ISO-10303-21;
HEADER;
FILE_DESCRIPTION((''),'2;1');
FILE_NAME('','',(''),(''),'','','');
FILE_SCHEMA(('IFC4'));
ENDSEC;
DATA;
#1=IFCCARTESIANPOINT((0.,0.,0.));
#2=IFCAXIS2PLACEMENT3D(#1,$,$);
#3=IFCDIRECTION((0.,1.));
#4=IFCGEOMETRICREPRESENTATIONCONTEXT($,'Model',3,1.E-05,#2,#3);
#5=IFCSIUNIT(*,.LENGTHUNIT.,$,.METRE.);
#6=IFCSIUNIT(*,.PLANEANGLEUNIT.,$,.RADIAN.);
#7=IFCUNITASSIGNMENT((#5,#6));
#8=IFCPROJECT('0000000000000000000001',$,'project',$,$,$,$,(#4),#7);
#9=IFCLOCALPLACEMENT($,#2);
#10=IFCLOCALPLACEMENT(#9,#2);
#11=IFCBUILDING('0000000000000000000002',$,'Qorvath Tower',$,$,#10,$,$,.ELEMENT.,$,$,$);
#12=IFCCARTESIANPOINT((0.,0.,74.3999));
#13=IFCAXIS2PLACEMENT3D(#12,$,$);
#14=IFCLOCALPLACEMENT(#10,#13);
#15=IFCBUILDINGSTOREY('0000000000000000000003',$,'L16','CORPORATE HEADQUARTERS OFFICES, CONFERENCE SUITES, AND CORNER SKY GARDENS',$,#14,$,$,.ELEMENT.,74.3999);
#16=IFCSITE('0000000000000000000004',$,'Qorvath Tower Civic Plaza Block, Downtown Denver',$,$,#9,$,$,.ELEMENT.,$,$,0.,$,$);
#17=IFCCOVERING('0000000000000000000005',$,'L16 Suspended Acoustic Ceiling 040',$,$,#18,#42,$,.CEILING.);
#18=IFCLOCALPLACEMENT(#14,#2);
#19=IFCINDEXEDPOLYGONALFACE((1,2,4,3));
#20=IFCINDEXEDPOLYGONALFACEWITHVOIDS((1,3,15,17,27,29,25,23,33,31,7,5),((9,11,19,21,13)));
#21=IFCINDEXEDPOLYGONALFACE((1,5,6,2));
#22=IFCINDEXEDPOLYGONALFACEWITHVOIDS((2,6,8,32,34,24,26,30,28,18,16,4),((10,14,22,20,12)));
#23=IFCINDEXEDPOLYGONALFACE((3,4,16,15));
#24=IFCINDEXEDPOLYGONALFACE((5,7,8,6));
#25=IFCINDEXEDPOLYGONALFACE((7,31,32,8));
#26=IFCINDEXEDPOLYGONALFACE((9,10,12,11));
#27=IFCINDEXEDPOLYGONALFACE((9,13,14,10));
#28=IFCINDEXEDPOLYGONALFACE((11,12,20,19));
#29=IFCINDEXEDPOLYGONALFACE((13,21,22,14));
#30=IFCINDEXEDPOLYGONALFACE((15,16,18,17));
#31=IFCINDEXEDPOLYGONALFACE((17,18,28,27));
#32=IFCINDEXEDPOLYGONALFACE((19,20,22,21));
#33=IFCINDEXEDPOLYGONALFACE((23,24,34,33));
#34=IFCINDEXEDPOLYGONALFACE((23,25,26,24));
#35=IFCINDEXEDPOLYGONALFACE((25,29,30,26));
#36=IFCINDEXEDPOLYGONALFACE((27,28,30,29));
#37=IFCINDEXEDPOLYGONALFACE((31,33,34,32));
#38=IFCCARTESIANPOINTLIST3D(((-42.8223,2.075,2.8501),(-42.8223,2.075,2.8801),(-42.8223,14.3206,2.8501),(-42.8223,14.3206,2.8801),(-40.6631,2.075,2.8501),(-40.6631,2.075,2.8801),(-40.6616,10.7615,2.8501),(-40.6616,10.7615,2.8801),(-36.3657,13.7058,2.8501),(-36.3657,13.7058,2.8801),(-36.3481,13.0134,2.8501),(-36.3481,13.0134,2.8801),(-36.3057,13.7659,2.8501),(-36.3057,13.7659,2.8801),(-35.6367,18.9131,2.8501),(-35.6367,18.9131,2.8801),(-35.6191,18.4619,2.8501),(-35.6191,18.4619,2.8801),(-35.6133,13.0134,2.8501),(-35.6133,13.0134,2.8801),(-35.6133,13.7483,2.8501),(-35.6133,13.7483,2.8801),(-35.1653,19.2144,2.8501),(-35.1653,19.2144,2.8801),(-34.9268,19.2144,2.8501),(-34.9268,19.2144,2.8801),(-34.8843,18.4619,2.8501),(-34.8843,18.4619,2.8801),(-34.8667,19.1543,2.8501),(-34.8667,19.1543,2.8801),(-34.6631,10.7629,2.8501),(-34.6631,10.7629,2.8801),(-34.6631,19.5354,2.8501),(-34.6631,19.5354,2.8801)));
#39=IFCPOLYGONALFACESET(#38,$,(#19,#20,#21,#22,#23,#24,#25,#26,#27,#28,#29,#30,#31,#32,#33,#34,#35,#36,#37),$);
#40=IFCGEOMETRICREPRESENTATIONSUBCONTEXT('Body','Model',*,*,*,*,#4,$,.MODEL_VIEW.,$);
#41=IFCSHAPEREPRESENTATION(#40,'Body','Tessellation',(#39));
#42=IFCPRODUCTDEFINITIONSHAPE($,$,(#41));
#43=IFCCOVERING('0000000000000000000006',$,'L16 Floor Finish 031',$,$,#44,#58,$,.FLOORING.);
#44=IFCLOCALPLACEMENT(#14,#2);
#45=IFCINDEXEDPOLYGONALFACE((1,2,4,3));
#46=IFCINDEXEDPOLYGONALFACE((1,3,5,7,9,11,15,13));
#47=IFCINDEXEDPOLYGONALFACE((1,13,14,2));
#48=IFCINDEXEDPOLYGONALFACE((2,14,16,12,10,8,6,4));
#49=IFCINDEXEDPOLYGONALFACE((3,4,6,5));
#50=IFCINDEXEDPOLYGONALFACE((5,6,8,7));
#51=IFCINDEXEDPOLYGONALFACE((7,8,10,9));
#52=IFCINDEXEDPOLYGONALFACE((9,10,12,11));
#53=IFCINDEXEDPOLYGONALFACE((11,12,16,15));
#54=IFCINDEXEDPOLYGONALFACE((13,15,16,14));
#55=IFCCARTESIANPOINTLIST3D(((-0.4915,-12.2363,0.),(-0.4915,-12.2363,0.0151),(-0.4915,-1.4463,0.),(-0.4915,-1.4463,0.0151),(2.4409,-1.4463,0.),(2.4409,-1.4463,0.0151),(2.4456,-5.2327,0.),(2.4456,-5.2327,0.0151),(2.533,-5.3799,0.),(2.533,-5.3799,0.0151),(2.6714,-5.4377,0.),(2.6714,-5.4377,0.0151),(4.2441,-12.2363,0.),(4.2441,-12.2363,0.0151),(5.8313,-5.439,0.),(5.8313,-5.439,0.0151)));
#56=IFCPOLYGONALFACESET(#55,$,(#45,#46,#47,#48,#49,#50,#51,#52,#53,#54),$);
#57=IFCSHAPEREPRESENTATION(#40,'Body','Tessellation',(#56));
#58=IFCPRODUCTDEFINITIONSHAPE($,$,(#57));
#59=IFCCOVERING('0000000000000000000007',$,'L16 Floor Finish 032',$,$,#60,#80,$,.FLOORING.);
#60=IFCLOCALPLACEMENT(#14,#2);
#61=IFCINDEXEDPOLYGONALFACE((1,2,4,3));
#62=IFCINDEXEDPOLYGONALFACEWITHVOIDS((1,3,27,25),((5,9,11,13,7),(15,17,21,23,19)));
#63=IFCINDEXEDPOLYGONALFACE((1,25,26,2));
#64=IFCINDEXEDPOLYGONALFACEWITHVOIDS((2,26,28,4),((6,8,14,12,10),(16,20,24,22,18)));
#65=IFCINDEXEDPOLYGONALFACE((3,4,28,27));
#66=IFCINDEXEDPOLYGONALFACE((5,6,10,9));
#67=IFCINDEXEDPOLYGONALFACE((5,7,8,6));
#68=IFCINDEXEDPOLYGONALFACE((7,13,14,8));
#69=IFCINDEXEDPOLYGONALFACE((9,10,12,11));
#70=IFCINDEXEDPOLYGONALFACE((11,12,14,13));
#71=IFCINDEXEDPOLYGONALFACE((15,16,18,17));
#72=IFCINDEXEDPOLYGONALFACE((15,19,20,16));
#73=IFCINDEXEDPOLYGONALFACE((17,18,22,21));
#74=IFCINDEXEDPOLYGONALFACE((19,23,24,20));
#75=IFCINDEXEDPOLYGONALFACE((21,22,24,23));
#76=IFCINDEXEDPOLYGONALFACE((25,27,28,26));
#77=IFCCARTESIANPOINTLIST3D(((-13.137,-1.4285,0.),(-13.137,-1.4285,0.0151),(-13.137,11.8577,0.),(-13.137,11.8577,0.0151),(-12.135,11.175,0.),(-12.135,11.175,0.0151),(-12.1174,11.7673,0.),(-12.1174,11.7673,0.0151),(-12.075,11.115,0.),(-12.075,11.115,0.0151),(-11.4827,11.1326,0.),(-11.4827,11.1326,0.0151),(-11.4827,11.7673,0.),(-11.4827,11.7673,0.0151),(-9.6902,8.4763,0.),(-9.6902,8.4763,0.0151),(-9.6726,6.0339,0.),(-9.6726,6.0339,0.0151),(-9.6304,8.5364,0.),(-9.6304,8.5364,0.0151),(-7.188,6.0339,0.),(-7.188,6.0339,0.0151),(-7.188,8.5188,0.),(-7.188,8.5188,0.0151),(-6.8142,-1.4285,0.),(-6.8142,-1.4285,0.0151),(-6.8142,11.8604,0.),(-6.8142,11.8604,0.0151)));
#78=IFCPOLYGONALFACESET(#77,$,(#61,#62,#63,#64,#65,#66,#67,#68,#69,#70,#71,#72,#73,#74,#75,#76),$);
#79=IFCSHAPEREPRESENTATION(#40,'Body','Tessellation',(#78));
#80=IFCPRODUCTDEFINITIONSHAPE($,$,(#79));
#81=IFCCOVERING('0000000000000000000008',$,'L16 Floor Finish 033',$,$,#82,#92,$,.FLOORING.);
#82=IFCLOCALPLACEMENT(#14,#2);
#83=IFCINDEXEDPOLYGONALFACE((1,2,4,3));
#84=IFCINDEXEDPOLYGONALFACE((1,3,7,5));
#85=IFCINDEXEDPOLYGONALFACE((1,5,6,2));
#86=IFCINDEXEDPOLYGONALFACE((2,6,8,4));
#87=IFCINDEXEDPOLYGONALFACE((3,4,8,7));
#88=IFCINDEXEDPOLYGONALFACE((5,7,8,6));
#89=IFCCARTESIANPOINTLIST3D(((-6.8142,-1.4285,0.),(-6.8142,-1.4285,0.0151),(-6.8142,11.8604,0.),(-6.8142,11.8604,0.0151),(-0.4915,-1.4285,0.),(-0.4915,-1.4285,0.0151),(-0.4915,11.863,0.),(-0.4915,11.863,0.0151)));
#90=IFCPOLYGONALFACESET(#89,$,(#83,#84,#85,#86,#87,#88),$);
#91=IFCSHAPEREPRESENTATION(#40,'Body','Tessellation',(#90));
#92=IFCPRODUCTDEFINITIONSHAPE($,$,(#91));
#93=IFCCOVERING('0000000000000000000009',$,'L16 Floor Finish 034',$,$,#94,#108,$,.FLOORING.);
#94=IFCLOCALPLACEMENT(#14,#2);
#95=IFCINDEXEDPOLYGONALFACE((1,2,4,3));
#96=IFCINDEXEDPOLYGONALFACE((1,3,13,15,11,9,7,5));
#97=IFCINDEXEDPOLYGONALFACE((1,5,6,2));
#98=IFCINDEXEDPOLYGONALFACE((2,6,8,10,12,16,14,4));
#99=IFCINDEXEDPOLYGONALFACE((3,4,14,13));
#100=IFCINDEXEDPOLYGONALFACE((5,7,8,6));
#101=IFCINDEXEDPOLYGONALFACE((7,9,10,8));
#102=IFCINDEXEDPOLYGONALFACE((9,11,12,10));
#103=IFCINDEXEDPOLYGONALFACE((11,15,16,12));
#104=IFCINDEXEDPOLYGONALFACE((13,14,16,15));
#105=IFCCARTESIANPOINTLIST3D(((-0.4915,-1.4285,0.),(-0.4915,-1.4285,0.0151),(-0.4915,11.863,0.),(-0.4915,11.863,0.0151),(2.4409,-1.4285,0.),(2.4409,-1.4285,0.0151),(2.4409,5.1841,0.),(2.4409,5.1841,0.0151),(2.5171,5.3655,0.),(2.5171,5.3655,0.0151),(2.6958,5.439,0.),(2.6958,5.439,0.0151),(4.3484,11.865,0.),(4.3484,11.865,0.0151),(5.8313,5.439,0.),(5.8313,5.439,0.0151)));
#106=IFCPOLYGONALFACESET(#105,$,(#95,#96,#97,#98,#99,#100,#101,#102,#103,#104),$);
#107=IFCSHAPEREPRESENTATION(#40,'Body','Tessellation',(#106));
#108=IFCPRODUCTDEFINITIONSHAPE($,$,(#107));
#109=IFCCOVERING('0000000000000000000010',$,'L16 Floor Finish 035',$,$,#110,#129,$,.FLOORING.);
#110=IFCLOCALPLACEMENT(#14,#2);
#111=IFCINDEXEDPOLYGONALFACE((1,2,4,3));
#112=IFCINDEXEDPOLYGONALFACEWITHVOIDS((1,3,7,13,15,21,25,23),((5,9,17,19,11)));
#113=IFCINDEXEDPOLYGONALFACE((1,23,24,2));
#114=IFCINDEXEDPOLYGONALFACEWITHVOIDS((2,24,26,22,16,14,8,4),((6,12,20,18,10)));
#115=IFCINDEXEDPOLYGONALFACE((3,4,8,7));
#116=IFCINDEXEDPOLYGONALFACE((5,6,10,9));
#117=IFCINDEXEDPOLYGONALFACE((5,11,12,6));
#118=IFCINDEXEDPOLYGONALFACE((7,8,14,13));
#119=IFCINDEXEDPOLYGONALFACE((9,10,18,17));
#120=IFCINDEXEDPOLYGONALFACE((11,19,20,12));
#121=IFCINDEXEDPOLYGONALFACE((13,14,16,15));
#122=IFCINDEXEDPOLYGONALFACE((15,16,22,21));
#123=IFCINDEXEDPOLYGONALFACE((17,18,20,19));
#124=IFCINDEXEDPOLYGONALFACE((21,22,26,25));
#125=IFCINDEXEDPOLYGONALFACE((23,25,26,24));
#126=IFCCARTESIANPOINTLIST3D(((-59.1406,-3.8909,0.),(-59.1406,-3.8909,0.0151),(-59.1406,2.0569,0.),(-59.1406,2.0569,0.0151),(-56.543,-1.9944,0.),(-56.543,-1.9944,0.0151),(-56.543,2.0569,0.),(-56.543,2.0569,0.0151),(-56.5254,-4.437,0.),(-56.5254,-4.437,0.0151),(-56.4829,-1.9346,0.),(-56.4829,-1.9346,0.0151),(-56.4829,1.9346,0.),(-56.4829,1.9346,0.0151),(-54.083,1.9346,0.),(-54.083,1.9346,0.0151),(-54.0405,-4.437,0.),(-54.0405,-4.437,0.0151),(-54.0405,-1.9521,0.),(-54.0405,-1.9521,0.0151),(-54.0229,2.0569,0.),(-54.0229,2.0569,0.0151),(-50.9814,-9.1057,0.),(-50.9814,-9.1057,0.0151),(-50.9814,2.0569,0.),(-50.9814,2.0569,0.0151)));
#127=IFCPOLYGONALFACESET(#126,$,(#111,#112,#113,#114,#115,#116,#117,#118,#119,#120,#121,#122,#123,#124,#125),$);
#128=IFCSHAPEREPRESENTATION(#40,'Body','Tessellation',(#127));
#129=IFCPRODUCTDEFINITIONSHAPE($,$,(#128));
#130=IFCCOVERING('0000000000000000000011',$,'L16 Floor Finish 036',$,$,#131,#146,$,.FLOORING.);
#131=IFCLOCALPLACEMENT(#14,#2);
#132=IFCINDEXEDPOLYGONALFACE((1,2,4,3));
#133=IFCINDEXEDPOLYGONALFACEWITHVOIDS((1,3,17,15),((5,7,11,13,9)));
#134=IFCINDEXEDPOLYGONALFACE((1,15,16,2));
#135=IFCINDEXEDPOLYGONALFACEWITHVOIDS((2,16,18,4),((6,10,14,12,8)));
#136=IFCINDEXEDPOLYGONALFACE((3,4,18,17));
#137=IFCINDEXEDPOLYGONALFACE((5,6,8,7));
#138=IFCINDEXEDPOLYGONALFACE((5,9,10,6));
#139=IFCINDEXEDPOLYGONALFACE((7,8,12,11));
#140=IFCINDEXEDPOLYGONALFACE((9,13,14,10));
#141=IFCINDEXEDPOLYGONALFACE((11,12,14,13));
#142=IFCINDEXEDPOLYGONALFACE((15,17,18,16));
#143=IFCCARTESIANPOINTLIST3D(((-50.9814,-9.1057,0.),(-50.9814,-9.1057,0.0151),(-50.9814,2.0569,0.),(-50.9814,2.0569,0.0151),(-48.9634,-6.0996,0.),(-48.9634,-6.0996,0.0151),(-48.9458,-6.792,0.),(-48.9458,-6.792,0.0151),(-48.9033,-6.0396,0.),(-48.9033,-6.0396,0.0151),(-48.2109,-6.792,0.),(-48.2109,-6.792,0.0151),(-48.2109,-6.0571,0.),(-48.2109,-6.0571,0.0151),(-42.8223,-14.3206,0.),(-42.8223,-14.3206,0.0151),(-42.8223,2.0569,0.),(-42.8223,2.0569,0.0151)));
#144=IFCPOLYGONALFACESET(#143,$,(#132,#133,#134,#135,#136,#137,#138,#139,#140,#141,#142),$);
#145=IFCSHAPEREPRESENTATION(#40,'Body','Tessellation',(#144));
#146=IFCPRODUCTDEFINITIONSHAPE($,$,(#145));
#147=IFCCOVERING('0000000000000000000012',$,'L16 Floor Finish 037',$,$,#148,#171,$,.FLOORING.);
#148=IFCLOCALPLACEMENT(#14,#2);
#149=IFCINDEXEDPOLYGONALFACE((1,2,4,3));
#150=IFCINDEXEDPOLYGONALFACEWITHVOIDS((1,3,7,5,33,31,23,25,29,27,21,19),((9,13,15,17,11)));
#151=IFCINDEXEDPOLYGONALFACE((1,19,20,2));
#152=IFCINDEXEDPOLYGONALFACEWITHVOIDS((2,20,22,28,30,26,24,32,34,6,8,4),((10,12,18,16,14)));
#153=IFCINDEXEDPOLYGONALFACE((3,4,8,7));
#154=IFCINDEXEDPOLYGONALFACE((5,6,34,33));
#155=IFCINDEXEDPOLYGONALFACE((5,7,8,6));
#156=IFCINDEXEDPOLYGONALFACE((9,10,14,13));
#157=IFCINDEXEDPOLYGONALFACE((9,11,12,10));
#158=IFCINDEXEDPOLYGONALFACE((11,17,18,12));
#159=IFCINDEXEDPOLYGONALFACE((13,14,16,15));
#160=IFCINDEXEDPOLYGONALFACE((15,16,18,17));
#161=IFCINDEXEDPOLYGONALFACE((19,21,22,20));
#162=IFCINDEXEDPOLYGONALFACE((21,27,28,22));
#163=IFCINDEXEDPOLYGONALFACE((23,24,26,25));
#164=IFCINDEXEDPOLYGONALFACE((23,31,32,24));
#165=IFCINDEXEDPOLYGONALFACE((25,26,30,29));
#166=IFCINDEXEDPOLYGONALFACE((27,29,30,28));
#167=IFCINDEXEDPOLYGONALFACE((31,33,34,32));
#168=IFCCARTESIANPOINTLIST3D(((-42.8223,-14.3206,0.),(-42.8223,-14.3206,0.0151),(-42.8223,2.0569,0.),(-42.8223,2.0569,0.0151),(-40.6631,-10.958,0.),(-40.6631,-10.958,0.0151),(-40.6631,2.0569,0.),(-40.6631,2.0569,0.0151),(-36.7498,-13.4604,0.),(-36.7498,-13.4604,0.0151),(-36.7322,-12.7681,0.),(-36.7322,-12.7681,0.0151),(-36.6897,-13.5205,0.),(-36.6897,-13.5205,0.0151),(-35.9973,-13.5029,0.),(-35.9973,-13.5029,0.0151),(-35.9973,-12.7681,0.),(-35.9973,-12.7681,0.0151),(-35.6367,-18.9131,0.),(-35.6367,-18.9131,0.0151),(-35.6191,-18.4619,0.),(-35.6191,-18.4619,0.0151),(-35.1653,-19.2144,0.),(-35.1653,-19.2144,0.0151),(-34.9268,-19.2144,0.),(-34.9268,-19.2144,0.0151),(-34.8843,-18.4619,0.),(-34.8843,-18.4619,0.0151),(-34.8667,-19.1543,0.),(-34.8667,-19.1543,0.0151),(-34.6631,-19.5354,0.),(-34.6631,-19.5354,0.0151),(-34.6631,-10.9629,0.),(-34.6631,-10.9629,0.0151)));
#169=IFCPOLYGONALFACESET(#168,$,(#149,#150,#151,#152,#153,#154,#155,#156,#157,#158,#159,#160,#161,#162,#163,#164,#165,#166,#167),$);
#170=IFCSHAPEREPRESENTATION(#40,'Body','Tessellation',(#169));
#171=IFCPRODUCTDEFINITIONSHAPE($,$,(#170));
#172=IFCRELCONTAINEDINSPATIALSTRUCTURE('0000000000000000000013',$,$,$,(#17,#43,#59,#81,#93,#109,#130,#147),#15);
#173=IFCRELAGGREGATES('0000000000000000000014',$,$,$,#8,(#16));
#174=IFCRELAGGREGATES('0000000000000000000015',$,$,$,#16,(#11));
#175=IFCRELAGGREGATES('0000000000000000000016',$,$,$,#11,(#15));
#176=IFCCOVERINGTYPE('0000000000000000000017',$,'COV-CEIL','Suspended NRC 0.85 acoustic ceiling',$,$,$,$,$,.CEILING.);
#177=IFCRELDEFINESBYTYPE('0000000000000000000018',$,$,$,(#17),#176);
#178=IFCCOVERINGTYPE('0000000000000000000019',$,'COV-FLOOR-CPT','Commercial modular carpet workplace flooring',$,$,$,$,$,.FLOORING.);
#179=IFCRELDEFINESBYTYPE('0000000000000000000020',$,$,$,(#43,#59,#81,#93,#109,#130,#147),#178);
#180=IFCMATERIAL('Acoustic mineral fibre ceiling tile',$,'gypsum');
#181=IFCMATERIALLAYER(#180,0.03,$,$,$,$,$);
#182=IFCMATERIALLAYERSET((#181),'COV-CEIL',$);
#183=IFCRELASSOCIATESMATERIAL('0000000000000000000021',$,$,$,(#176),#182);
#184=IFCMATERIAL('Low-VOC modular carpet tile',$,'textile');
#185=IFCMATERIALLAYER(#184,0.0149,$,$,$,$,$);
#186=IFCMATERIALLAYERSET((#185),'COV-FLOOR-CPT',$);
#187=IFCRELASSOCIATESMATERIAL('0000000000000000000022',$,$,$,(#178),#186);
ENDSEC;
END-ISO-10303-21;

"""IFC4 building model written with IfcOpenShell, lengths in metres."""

from ifc_helpers import new_model, si_unit, direction, frame, origin, place, context, subcontext, project, spatial, polyline, outline, extrude, material, layer, layer_set, type_object, element, save


model = new_model("IFC4")

# Units and contexts
model_context = context("Model", 3, precision=1e-05, world=origin(), true_north=direction((0.0, 1.0)))
body_context = subcontext(model_context, "Body", "Model", "MODEL_VIEW")
ifc_project = project(units=[si_unit("LENGTHUNIT", "METRE"), si_unit("PLANEANGLEUNIT", "RADIAN")], contexts=[model_context])

# Site, building, storey
site_placement = place(None, origin())
site = spatial("IfcSite", under=ifc_project, at=site_placement, Name="Qorvath Tower Civic Plaza Block, Downtown Denver", CompositionType="ELEMENT", RefElevation=0.0)
building_placement = place(site_placement, origin())
building = spatial("IfcBuilding", under=site, at=building_placement, Name="Qorvath Tower", CompositionType="ELEMENT")
storey_placement = place(building_placement, frame((0.0, 0.0, 74.3999)))
storey = spatial("IfcBuildingStorey", under=building, at=storey_placement, Name="L16", Description="CORPORATE HEADQUARTERS OFFICES, CONFERENCE SUITES, AND CORNER SKY GARDENS", CompositionType="ELEMENT", Elevation=74.3999)

# Coverings
ifc_material_1 = material(Name="Acoustic mineral fibre ceiling tile", Category="gypsum")
ifc_layer_1 = layer(ifc_material_1, 0.03)
ifc_layer_set_1 = layer_set([ifc_layer_1], Name="COV-CEIL")
covering_type_1 = type_object("IfcCoveringType", Name="COV-CEIL", Description="Suspended NRC 0.85 acoustic ceiling", PredefinedType="CEILING", material=ifc_layer_set_1)
covering_1_placement = place(storey_placement, frame((0.0, 0.0, 2.8501)))
element("IfcCovering", 1, at=covering_1_placement, inside=storey, type_object=covering_type_1, Name="L16 Suspended Acoustic Ceiling 040", PredefinedType="CEILING", context=body_context, shape_type="SweptSolid", body=[
    extrude(outline(polyline([(-34.6631, 10.7629), (-34.6631, 19.5354), (-35.1653, 19.2144), (-34.9268, 19.2144), (-34.8667, 19.1543), (-34.8843, 18.4619), (-35.6191, 18.4619), (-35.6367, 18.9131), (-42.8223, 14.3206), (-42.8223, 2.075), (-40.6631, 2.075), (-40.6616, 10.7615), (-34.6631, 10.7629)]), holes=[polyline([(-36.3657, 13.7058), (-36.3057, 13.7659), (-35.6133, 13.7483), (-35.6133, 13.0134), (-36.3481, 13.0134), (-36.3657, 13.7058)])]), origin(), (0.0, 0.0, 1.0), 0.03),
])
ifc_material_2 = material(Name="Low-VOC modular carpet tile", Category="textile")
ifc_layer_2 = layer(ifc_material_2, 0.0149)
ifc_layer_set_2 = layer_set([ifc_layer_2], Name="COV-FLOOR-CPT")
covering_type_2 = type_object("IfcCoveringType", Name="COV-FLOOR-CPT", Description="Commercial modular carpet workplace flooring", PredefinedType="FLOORING", material=ifc_layer_set_2)
covering_2_placement = place(storey_placement, origin())
element("IfcCovering", 2, at=covering_2_placement, inside=storey, type_object=covering_type_2, Name="L16 Floor Finish 031", PredefinedType="FLOORING", context=body_context, shape_type="SweptSolid", body=[
    extrude(outline(polyline([(2.533, -5.3799), (2.4456, -5.2327), (2.4409, -1.4463), (-0.4915, -1.4463), (-0.4915, -12.2363), (4.2441, -12.2363), (5.8313, -5.439), (2.6714, -5.4377), (2.533, -5.3799)])), origin(), (0.0, 0.0, 1.0), 0.0151),
])
covering_3_placement = place(storey_placement, origin())
element("IfcCovering", 3, at=covering_3_placement, inside=storey, type_object=covering_type_2, Name="L16 Floor Finish 032", PredefinedType="FLOORING", context=body_context, shape_type="SweptSolid", body=[
    extrude(outline(polyline([(-6.8142, -1.4285), (-6.8142, 11.8604), (-13.137, 11.8577), (-13.137, -1.4285), (-6.8142, -1.4285)]), holes=[polyline([(-9.6902, 8.4763), (-9.6304, 8.5364), (-7.188, 8.5188), (-7.188, 6.0339), (-9.6726, 6.0339), (-9.6902, 8.4763)]), polyline([(-12.135, 11.175), (-12.1174, 11.7673), (-11.4827, 11.7673), (-11.4827, 11.1326), (-12.075, 11.115), (-12.135, 11.175)])]), origin(), (0.0, 0.0, 1.0), 0.0151),
])
covering_4_placement = place(storey_placement, origin())
element("IfcCovering", 4, at=covering_4_placement, inside=storey, type_object=covering_type_2, Name="L16 Floor Finish 033", PredefinedType="FLOORING", context=body_context, shape_type="SweptSolid", body=[
    extrude(outline(polyline([(-0.4915, -1.4285), (-0.4915, 11.863), (-6.8142, 11.8604), (-6.8142, -1.4285), (-0.4915, -1.4285)])), origin(), (0.0, 0.0, 1.0), 0.0151),
])
covering_5_placement = place(storey_placement, origin())
element("IfcCovering", 5, at=covering_5_placement, inside=storey, type_object=covering_type_2, Name="L16 Floor Finish 034", PredefinedType="FLOORING", context=body_context, shape_type="SweptSolid", body=[
    extrude(outline(polyline([(2.5171, 5.3655), (2.6958, 5.439), (5.8313, 5.439), (4.3484, 11.865), (-0.4915, 11.863), (-0.4915, -1.4285), (2.4409, -1.4285), (2.4409, 5.1841), (2.5171, 5.3655)])), origin(), (0.0, 0.0, 1.0), 0.0151),
])
covering_6_placement = place(storey_placement, origin())
element("IfcCovering", 6, at=covering_6_placement, inside=storey, type_object=covering_type_2, Name="L16 Floor Finish 035", PredefinedType="FLOORING", context=body_context, shape_type="SweptSolid", body=[
    extrude(outline(polyline([(-59.1406, 2.0569), (-59.1406, -3.8909), (-50.9814, -9.1057), (-50.9814, 2.0569), (-54.0229, 2.0569), (-54.083, 1.9346), (-56.4829, 1.9346), (-56.543, 2.0569), (-59.1406, 2.0569)]), holes=[polyline([(-56.543, -1.9944), (-56.4829, -1.9346), (-54.0405, -1.9521), (-54.0405, -4.437), (-56.5254, -4.437), (-56.543, -1.9944)])]), origin(), (0.0, 0.0, 1.0), 0.0151),
])
covering_7_placement = place(storey_placement, origin())
element("IfcCovering", 7, at=covering_7_placement, inside=storey, type_object=covering_type_2, Name="L16 Floor Finish 036", PredefinedType="FLOORING", context=body_context, shape_type="SweptSolid", body=[
    extrude(outline(polyline([(-50.9814, 2.0569), (-50.9814, -9.1057), (-42.8223, -14.3206), (-42.8223, 2.0569), (-50.9814, 2.0569)]), holes=[polyline([(-48.9634, -6.0996), (-48.9033, -6.0396), (-48.2109, -6.0571), (-48.2109, -6.792), (-48.9458, -6.792), (-48.9634, -6.0996)])]), origin(), (0.0, 0.0, 1.0), 0.0151),
])
covering_8_placement = place(storey_placement, origin())
element("IfcCovering", 8, at=covering_8_placement, inside=storey, type_object=covering_type_2, Name="L16 Floor Finish 037", PredefinedType="FLOORING", context=body_context, shape_type="SweptSolid", body=[
    extrude(outline(polyline([(-42.8223, 2.0569), (-42.8223, -14.3206), (-35.6367, -18.9131), (-35.6191, -18.4619), (-34.8843, -18.4619), (-34.8667, -19.1543), (-34.9268, -19.2144), (-35.1653, -19.2144), (-34.6631, -19.5354), (-34.6631, -10.9629), (-40.6631, -10.958), (-40.6631, 2.0569), (-42.8223, 2.0569)]), holes=[polyline([(-36.7498, -13.4604), (-36.7322, -12.7681), (-35.9973, -12.7681), (-35.9973, -13.5029), (-36.6897, -13.5205), (-36.7498, -13.4604)])]), origin(), (0.0, 0.0, 1.0), 0.0151),
])

save(model, "model.ifc")
